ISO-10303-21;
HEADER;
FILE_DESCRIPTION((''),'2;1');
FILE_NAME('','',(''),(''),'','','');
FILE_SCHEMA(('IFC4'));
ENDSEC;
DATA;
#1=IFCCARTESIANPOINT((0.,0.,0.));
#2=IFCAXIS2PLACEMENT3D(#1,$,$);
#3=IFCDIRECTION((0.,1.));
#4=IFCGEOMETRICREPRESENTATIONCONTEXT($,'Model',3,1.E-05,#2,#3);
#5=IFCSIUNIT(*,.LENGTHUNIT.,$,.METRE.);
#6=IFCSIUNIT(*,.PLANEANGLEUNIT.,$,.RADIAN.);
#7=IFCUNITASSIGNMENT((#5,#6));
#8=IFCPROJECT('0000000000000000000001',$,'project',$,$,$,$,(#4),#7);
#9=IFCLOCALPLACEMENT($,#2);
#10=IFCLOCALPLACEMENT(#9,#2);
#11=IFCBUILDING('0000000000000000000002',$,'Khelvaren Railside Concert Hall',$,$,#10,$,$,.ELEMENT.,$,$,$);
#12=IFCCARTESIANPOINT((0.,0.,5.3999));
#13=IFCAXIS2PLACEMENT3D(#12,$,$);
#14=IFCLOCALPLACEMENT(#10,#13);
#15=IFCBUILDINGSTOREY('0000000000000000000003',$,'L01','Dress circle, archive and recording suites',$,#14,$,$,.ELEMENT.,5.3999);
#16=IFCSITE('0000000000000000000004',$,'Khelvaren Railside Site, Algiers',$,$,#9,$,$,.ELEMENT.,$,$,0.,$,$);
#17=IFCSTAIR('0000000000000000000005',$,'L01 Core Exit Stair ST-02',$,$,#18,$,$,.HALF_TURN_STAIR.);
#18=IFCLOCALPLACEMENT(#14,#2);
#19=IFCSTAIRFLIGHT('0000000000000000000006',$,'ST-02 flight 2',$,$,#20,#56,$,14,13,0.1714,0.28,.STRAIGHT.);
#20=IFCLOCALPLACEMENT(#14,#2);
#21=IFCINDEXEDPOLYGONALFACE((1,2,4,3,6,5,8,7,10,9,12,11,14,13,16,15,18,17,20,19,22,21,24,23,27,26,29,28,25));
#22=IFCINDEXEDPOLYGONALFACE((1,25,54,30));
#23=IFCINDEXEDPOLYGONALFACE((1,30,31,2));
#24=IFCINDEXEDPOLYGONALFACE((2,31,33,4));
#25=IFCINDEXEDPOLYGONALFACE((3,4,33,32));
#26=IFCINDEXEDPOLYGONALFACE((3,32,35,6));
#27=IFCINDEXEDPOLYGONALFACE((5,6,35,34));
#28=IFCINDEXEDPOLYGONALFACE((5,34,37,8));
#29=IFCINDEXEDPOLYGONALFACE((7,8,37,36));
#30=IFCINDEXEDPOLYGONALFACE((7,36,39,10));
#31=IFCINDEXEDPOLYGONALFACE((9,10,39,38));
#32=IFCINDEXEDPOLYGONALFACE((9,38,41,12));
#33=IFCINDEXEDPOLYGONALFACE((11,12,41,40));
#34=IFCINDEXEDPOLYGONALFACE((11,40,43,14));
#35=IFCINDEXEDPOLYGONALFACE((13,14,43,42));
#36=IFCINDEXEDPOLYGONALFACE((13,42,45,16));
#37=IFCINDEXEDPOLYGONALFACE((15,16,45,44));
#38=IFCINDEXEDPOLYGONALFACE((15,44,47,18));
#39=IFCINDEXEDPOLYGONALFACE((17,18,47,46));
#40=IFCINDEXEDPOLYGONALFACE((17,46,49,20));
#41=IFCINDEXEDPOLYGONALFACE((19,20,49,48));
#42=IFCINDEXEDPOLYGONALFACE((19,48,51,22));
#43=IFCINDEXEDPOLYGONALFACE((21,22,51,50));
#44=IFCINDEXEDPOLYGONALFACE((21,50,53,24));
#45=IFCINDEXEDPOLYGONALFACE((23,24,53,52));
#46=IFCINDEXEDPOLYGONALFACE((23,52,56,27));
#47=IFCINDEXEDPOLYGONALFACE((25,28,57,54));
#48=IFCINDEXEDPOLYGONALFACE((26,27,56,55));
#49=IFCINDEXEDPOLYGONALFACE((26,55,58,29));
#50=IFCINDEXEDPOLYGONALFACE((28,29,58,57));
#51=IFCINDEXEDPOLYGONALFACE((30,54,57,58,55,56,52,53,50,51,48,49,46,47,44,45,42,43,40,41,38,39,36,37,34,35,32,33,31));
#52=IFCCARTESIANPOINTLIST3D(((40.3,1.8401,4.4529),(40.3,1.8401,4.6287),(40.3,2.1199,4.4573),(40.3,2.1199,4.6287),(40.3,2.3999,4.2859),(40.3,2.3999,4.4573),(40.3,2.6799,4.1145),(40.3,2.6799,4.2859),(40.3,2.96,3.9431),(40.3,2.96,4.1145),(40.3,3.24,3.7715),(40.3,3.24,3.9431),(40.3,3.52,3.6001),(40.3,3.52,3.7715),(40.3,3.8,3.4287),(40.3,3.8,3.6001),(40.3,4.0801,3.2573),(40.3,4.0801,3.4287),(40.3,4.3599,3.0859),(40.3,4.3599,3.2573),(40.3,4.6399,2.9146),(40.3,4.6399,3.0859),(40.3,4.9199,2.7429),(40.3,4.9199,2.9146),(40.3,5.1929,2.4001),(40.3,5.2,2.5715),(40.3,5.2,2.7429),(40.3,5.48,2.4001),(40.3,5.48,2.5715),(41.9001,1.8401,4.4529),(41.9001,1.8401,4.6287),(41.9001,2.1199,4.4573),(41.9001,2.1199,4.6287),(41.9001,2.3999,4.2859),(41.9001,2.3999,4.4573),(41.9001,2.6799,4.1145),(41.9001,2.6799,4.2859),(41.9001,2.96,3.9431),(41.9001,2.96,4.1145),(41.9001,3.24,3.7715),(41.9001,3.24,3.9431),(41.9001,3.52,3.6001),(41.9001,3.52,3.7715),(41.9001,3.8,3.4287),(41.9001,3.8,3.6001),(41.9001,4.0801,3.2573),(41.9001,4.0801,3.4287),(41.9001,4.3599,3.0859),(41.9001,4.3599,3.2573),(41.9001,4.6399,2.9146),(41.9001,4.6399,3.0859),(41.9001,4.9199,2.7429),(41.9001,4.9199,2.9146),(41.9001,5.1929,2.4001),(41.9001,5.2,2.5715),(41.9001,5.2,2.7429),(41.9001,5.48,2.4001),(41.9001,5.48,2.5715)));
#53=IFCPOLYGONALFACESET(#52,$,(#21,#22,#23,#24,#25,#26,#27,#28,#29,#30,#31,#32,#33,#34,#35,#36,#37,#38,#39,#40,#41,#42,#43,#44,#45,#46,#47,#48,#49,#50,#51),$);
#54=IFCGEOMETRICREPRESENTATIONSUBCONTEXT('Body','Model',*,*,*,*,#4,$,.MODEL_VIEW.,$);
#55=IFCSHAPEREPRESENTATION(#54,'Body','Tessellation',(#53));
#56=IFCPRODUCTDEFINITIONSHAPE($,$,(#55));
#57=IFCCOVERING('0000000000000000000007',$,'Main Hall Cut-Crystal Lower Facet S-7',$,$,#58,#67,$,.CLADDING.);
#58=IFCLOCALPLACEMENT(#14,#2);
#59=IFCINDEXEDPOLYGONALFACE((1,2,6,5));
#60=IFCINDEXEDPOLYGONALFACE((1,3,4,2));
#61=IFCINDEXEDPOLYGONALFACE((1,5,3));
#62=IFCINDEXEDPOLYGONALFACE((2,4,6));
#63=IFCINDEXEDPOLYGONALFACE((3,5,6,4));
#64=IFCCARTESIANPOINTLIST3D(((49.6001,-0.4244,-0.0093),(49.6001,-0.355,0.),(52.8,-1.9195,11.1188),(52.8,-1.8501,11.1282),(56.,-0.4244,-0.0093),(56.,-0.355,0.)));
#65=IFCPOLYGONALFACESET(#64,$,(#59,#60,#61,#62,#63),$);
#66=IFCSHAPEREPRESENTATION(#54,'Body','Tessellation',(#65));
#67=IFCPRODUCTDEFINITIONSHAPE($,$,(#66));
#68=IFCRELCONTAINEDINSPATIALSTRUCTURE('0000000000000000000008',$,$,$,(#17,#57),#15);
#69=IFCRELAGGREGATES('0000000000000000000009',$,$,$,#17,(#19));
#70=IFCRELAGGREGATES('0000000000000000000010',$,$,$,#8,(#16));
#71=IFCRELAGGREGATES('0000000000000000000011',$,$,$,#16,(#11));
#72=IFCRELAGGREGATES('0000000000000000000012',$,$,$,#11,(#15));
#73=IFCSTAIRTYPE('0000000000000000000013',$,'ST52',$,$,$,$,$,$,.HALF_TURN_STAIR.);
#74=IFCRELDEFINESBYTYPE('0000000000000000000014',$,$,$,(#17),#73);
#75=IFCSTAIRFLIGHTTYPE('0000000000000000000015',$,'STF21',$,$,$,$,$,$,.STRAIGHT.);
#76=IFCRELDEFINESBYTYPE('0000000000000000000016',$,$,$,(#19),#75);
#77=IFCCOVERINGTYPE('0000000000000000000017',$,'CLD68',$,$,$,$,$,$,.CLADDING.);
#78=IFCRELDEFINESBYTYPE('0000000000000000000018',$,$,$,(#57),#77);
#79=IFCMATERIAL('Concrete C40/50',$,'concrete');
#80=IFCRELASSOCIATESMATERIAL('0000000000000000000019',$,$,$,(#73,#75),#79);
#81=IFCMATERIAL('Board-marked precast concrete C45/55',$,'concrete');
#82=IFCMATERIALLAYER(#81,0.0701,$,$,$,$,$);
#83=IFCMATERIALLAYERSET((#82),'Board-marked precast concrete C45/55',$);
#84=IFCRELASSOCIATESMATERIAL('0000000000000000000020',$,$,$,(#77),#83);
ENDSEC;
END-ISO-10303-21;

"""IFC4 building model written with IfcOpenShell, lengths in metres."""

from ifc_helpers import new_model, si_unit, direction, frame, origin, place, context, subcontext, project, spatial, polyline, outline, extrude, material, layer, layer_set, type_object, element, aggregate, save


model = new_model("IFC4")

# Units and contexts
model_context = context("Model", 3, precision=1e-05, world=origin(), true_north=direction((0.0, 1.0)))
body_context = subcontext(model_context, "Body", "Model", "MODEL_VIEW")
ifc_project = project(units=[si_unit("LENGTHUNIT", "METRE"), si_unit("PLANEANGLEUNIT", "RADIAN")], contexts=[model_context])

# Site, building, storey
site_placement = place(None, origin())
site = spatial("IfcSite", under=ifc_project, at=site_placement, Name="Khelvaren Railside Site, Algiers", CompositionType="ELEMENT", RefElevation=0.0)
building_placement = place(site_placement, origin())
building = spatial("IfcBuilding", under=site, at=building_placement, Name="Khelvaren Railside Concert Hall", CompositionType="ELEMENT")
storey_placement = place(building_placement, frame((0.0, 0.0, 5.3999)))
storey = spatial("IfcBuildingStorey", under=building, at=storey_placement, Name="L01", Description="Dress circle, archive and recording suites", CompositionType="ELEMENT", Elevation=5.3999)

# Shared definitions
ifc_material_1 = material(Name="Concrete C40/50", Category="concrete")

# Stair, stair flight
stair_type = type_object("IfcStairType", Name="ST52", PredefinedType="HALF_TURN_STAIR", material=ifc_material_1)
stair_placement = place(storey_placement, origin())
stair = element("IfcStair", 1, at=stair_placement, inside=storey, type_object=stair_type, Name="L01 Core Exit Stair ST-02", PredefinedType="HALF_TURN_STAIR")
stair_flight_type = type_object("IfcStairFlightType", Name="STF21", PredefinedType="STRAIGHT", material=ifc_material_1)
stair_flight_1_placement = place(storey_placement, frame((41.1001, 5.48, 2.4001), z_axis=(0.0, 0.0, 1.0), x_axis=(0.0, -1.0, 0.0)))
stair_flight_1 = element("IfcStairFlight", 2, at=stair_flight_1_placement, type_object=stair_flight_type, Name="ST-02 flight 2", NumberOfRisers=14, NumberOfTreads=13, PredefinedType="STRAIGHT", RiserHeight=0.1714, TreadLength=0.28, context=body_context, shape_type="SweptSolid", body=[
    extrude(outline(polyline([(0.0, 0.0), (0.0, 0.1714), (0.28, 0.1714), (0.28, 0.3428), (0.5601, 0.3428), (0.5601, 0.5144), (0.8401, 0.5144), (0.8401, 0.6858), (1.1201, 0.6858), (1.1201, 0.8572), (1.3999, 0.8572), (1.3999, 1.0286), (1.6799, 1.0286), (1.6799, 1.2), (1.96, 1.2), (1.96, 1.3713), (2.24, 1.3713), (2.24, 1.543), (2.52, 1.543), (2.52, 1.7144), (2.8, 1.7144), (2.8, 1.8857), (3.0801, 1.8857), (3.0801, 2.0571), (3.3601, 2.0571), (3.3601, 2.2285), (3.6399, 2.2285), (3.6399, 2.3999), (3.6399, 2.0527), (0.2871, 0.0), (0.0, 0.0)])), frame((0.0, 0.8, 0.0), z_axis=(0.0, -1.0, 0.0), x_axis=(1.0, 0.0, 0.0)), (0.0, 0.0, 1.0), 1.6001),
])
aggregate(stair, [stair_flight_1])

# Covering
ifc_material_2 = material(Name="Board-marked precast concrete C45/55", Category="concrete")
ifc_layer_1 = layer(ifc_material_2, 0.0701)
ifc_layer_set_1 = layer_set([ifc_layer_1], Name="Board-marked precast concrete C45/55")
covering_type = type_object("IfcCoveringType", Name="CLD68", PredefinedType="CLADDING", material=ifc_layer_set_1)
covering_placement = place(storey_placement, frame((49.6001, -0.355, 0.0), z_axis=(0.0, 0.991095, 0.133158), x_axis=(1.0, 0.0, 0.0)))
element("IfcCovering", 3, at=covering_placement, inside=storey, type_object=covering_type, Name="Main Hall Cut-Crystal Lower Facet S-7", PredefinedType="CLADDING", context=body_context, shape_type="SweptSolid", body=[
    extrude(outline(polyline([(0.0, 0.0), (6.3999, 0.0), (3.2, -11.2282), (0.0, 0.0)])), origin(), (0.0, 0.0, -1.0), 0.0701),
])

save(model, "model.ifc")
